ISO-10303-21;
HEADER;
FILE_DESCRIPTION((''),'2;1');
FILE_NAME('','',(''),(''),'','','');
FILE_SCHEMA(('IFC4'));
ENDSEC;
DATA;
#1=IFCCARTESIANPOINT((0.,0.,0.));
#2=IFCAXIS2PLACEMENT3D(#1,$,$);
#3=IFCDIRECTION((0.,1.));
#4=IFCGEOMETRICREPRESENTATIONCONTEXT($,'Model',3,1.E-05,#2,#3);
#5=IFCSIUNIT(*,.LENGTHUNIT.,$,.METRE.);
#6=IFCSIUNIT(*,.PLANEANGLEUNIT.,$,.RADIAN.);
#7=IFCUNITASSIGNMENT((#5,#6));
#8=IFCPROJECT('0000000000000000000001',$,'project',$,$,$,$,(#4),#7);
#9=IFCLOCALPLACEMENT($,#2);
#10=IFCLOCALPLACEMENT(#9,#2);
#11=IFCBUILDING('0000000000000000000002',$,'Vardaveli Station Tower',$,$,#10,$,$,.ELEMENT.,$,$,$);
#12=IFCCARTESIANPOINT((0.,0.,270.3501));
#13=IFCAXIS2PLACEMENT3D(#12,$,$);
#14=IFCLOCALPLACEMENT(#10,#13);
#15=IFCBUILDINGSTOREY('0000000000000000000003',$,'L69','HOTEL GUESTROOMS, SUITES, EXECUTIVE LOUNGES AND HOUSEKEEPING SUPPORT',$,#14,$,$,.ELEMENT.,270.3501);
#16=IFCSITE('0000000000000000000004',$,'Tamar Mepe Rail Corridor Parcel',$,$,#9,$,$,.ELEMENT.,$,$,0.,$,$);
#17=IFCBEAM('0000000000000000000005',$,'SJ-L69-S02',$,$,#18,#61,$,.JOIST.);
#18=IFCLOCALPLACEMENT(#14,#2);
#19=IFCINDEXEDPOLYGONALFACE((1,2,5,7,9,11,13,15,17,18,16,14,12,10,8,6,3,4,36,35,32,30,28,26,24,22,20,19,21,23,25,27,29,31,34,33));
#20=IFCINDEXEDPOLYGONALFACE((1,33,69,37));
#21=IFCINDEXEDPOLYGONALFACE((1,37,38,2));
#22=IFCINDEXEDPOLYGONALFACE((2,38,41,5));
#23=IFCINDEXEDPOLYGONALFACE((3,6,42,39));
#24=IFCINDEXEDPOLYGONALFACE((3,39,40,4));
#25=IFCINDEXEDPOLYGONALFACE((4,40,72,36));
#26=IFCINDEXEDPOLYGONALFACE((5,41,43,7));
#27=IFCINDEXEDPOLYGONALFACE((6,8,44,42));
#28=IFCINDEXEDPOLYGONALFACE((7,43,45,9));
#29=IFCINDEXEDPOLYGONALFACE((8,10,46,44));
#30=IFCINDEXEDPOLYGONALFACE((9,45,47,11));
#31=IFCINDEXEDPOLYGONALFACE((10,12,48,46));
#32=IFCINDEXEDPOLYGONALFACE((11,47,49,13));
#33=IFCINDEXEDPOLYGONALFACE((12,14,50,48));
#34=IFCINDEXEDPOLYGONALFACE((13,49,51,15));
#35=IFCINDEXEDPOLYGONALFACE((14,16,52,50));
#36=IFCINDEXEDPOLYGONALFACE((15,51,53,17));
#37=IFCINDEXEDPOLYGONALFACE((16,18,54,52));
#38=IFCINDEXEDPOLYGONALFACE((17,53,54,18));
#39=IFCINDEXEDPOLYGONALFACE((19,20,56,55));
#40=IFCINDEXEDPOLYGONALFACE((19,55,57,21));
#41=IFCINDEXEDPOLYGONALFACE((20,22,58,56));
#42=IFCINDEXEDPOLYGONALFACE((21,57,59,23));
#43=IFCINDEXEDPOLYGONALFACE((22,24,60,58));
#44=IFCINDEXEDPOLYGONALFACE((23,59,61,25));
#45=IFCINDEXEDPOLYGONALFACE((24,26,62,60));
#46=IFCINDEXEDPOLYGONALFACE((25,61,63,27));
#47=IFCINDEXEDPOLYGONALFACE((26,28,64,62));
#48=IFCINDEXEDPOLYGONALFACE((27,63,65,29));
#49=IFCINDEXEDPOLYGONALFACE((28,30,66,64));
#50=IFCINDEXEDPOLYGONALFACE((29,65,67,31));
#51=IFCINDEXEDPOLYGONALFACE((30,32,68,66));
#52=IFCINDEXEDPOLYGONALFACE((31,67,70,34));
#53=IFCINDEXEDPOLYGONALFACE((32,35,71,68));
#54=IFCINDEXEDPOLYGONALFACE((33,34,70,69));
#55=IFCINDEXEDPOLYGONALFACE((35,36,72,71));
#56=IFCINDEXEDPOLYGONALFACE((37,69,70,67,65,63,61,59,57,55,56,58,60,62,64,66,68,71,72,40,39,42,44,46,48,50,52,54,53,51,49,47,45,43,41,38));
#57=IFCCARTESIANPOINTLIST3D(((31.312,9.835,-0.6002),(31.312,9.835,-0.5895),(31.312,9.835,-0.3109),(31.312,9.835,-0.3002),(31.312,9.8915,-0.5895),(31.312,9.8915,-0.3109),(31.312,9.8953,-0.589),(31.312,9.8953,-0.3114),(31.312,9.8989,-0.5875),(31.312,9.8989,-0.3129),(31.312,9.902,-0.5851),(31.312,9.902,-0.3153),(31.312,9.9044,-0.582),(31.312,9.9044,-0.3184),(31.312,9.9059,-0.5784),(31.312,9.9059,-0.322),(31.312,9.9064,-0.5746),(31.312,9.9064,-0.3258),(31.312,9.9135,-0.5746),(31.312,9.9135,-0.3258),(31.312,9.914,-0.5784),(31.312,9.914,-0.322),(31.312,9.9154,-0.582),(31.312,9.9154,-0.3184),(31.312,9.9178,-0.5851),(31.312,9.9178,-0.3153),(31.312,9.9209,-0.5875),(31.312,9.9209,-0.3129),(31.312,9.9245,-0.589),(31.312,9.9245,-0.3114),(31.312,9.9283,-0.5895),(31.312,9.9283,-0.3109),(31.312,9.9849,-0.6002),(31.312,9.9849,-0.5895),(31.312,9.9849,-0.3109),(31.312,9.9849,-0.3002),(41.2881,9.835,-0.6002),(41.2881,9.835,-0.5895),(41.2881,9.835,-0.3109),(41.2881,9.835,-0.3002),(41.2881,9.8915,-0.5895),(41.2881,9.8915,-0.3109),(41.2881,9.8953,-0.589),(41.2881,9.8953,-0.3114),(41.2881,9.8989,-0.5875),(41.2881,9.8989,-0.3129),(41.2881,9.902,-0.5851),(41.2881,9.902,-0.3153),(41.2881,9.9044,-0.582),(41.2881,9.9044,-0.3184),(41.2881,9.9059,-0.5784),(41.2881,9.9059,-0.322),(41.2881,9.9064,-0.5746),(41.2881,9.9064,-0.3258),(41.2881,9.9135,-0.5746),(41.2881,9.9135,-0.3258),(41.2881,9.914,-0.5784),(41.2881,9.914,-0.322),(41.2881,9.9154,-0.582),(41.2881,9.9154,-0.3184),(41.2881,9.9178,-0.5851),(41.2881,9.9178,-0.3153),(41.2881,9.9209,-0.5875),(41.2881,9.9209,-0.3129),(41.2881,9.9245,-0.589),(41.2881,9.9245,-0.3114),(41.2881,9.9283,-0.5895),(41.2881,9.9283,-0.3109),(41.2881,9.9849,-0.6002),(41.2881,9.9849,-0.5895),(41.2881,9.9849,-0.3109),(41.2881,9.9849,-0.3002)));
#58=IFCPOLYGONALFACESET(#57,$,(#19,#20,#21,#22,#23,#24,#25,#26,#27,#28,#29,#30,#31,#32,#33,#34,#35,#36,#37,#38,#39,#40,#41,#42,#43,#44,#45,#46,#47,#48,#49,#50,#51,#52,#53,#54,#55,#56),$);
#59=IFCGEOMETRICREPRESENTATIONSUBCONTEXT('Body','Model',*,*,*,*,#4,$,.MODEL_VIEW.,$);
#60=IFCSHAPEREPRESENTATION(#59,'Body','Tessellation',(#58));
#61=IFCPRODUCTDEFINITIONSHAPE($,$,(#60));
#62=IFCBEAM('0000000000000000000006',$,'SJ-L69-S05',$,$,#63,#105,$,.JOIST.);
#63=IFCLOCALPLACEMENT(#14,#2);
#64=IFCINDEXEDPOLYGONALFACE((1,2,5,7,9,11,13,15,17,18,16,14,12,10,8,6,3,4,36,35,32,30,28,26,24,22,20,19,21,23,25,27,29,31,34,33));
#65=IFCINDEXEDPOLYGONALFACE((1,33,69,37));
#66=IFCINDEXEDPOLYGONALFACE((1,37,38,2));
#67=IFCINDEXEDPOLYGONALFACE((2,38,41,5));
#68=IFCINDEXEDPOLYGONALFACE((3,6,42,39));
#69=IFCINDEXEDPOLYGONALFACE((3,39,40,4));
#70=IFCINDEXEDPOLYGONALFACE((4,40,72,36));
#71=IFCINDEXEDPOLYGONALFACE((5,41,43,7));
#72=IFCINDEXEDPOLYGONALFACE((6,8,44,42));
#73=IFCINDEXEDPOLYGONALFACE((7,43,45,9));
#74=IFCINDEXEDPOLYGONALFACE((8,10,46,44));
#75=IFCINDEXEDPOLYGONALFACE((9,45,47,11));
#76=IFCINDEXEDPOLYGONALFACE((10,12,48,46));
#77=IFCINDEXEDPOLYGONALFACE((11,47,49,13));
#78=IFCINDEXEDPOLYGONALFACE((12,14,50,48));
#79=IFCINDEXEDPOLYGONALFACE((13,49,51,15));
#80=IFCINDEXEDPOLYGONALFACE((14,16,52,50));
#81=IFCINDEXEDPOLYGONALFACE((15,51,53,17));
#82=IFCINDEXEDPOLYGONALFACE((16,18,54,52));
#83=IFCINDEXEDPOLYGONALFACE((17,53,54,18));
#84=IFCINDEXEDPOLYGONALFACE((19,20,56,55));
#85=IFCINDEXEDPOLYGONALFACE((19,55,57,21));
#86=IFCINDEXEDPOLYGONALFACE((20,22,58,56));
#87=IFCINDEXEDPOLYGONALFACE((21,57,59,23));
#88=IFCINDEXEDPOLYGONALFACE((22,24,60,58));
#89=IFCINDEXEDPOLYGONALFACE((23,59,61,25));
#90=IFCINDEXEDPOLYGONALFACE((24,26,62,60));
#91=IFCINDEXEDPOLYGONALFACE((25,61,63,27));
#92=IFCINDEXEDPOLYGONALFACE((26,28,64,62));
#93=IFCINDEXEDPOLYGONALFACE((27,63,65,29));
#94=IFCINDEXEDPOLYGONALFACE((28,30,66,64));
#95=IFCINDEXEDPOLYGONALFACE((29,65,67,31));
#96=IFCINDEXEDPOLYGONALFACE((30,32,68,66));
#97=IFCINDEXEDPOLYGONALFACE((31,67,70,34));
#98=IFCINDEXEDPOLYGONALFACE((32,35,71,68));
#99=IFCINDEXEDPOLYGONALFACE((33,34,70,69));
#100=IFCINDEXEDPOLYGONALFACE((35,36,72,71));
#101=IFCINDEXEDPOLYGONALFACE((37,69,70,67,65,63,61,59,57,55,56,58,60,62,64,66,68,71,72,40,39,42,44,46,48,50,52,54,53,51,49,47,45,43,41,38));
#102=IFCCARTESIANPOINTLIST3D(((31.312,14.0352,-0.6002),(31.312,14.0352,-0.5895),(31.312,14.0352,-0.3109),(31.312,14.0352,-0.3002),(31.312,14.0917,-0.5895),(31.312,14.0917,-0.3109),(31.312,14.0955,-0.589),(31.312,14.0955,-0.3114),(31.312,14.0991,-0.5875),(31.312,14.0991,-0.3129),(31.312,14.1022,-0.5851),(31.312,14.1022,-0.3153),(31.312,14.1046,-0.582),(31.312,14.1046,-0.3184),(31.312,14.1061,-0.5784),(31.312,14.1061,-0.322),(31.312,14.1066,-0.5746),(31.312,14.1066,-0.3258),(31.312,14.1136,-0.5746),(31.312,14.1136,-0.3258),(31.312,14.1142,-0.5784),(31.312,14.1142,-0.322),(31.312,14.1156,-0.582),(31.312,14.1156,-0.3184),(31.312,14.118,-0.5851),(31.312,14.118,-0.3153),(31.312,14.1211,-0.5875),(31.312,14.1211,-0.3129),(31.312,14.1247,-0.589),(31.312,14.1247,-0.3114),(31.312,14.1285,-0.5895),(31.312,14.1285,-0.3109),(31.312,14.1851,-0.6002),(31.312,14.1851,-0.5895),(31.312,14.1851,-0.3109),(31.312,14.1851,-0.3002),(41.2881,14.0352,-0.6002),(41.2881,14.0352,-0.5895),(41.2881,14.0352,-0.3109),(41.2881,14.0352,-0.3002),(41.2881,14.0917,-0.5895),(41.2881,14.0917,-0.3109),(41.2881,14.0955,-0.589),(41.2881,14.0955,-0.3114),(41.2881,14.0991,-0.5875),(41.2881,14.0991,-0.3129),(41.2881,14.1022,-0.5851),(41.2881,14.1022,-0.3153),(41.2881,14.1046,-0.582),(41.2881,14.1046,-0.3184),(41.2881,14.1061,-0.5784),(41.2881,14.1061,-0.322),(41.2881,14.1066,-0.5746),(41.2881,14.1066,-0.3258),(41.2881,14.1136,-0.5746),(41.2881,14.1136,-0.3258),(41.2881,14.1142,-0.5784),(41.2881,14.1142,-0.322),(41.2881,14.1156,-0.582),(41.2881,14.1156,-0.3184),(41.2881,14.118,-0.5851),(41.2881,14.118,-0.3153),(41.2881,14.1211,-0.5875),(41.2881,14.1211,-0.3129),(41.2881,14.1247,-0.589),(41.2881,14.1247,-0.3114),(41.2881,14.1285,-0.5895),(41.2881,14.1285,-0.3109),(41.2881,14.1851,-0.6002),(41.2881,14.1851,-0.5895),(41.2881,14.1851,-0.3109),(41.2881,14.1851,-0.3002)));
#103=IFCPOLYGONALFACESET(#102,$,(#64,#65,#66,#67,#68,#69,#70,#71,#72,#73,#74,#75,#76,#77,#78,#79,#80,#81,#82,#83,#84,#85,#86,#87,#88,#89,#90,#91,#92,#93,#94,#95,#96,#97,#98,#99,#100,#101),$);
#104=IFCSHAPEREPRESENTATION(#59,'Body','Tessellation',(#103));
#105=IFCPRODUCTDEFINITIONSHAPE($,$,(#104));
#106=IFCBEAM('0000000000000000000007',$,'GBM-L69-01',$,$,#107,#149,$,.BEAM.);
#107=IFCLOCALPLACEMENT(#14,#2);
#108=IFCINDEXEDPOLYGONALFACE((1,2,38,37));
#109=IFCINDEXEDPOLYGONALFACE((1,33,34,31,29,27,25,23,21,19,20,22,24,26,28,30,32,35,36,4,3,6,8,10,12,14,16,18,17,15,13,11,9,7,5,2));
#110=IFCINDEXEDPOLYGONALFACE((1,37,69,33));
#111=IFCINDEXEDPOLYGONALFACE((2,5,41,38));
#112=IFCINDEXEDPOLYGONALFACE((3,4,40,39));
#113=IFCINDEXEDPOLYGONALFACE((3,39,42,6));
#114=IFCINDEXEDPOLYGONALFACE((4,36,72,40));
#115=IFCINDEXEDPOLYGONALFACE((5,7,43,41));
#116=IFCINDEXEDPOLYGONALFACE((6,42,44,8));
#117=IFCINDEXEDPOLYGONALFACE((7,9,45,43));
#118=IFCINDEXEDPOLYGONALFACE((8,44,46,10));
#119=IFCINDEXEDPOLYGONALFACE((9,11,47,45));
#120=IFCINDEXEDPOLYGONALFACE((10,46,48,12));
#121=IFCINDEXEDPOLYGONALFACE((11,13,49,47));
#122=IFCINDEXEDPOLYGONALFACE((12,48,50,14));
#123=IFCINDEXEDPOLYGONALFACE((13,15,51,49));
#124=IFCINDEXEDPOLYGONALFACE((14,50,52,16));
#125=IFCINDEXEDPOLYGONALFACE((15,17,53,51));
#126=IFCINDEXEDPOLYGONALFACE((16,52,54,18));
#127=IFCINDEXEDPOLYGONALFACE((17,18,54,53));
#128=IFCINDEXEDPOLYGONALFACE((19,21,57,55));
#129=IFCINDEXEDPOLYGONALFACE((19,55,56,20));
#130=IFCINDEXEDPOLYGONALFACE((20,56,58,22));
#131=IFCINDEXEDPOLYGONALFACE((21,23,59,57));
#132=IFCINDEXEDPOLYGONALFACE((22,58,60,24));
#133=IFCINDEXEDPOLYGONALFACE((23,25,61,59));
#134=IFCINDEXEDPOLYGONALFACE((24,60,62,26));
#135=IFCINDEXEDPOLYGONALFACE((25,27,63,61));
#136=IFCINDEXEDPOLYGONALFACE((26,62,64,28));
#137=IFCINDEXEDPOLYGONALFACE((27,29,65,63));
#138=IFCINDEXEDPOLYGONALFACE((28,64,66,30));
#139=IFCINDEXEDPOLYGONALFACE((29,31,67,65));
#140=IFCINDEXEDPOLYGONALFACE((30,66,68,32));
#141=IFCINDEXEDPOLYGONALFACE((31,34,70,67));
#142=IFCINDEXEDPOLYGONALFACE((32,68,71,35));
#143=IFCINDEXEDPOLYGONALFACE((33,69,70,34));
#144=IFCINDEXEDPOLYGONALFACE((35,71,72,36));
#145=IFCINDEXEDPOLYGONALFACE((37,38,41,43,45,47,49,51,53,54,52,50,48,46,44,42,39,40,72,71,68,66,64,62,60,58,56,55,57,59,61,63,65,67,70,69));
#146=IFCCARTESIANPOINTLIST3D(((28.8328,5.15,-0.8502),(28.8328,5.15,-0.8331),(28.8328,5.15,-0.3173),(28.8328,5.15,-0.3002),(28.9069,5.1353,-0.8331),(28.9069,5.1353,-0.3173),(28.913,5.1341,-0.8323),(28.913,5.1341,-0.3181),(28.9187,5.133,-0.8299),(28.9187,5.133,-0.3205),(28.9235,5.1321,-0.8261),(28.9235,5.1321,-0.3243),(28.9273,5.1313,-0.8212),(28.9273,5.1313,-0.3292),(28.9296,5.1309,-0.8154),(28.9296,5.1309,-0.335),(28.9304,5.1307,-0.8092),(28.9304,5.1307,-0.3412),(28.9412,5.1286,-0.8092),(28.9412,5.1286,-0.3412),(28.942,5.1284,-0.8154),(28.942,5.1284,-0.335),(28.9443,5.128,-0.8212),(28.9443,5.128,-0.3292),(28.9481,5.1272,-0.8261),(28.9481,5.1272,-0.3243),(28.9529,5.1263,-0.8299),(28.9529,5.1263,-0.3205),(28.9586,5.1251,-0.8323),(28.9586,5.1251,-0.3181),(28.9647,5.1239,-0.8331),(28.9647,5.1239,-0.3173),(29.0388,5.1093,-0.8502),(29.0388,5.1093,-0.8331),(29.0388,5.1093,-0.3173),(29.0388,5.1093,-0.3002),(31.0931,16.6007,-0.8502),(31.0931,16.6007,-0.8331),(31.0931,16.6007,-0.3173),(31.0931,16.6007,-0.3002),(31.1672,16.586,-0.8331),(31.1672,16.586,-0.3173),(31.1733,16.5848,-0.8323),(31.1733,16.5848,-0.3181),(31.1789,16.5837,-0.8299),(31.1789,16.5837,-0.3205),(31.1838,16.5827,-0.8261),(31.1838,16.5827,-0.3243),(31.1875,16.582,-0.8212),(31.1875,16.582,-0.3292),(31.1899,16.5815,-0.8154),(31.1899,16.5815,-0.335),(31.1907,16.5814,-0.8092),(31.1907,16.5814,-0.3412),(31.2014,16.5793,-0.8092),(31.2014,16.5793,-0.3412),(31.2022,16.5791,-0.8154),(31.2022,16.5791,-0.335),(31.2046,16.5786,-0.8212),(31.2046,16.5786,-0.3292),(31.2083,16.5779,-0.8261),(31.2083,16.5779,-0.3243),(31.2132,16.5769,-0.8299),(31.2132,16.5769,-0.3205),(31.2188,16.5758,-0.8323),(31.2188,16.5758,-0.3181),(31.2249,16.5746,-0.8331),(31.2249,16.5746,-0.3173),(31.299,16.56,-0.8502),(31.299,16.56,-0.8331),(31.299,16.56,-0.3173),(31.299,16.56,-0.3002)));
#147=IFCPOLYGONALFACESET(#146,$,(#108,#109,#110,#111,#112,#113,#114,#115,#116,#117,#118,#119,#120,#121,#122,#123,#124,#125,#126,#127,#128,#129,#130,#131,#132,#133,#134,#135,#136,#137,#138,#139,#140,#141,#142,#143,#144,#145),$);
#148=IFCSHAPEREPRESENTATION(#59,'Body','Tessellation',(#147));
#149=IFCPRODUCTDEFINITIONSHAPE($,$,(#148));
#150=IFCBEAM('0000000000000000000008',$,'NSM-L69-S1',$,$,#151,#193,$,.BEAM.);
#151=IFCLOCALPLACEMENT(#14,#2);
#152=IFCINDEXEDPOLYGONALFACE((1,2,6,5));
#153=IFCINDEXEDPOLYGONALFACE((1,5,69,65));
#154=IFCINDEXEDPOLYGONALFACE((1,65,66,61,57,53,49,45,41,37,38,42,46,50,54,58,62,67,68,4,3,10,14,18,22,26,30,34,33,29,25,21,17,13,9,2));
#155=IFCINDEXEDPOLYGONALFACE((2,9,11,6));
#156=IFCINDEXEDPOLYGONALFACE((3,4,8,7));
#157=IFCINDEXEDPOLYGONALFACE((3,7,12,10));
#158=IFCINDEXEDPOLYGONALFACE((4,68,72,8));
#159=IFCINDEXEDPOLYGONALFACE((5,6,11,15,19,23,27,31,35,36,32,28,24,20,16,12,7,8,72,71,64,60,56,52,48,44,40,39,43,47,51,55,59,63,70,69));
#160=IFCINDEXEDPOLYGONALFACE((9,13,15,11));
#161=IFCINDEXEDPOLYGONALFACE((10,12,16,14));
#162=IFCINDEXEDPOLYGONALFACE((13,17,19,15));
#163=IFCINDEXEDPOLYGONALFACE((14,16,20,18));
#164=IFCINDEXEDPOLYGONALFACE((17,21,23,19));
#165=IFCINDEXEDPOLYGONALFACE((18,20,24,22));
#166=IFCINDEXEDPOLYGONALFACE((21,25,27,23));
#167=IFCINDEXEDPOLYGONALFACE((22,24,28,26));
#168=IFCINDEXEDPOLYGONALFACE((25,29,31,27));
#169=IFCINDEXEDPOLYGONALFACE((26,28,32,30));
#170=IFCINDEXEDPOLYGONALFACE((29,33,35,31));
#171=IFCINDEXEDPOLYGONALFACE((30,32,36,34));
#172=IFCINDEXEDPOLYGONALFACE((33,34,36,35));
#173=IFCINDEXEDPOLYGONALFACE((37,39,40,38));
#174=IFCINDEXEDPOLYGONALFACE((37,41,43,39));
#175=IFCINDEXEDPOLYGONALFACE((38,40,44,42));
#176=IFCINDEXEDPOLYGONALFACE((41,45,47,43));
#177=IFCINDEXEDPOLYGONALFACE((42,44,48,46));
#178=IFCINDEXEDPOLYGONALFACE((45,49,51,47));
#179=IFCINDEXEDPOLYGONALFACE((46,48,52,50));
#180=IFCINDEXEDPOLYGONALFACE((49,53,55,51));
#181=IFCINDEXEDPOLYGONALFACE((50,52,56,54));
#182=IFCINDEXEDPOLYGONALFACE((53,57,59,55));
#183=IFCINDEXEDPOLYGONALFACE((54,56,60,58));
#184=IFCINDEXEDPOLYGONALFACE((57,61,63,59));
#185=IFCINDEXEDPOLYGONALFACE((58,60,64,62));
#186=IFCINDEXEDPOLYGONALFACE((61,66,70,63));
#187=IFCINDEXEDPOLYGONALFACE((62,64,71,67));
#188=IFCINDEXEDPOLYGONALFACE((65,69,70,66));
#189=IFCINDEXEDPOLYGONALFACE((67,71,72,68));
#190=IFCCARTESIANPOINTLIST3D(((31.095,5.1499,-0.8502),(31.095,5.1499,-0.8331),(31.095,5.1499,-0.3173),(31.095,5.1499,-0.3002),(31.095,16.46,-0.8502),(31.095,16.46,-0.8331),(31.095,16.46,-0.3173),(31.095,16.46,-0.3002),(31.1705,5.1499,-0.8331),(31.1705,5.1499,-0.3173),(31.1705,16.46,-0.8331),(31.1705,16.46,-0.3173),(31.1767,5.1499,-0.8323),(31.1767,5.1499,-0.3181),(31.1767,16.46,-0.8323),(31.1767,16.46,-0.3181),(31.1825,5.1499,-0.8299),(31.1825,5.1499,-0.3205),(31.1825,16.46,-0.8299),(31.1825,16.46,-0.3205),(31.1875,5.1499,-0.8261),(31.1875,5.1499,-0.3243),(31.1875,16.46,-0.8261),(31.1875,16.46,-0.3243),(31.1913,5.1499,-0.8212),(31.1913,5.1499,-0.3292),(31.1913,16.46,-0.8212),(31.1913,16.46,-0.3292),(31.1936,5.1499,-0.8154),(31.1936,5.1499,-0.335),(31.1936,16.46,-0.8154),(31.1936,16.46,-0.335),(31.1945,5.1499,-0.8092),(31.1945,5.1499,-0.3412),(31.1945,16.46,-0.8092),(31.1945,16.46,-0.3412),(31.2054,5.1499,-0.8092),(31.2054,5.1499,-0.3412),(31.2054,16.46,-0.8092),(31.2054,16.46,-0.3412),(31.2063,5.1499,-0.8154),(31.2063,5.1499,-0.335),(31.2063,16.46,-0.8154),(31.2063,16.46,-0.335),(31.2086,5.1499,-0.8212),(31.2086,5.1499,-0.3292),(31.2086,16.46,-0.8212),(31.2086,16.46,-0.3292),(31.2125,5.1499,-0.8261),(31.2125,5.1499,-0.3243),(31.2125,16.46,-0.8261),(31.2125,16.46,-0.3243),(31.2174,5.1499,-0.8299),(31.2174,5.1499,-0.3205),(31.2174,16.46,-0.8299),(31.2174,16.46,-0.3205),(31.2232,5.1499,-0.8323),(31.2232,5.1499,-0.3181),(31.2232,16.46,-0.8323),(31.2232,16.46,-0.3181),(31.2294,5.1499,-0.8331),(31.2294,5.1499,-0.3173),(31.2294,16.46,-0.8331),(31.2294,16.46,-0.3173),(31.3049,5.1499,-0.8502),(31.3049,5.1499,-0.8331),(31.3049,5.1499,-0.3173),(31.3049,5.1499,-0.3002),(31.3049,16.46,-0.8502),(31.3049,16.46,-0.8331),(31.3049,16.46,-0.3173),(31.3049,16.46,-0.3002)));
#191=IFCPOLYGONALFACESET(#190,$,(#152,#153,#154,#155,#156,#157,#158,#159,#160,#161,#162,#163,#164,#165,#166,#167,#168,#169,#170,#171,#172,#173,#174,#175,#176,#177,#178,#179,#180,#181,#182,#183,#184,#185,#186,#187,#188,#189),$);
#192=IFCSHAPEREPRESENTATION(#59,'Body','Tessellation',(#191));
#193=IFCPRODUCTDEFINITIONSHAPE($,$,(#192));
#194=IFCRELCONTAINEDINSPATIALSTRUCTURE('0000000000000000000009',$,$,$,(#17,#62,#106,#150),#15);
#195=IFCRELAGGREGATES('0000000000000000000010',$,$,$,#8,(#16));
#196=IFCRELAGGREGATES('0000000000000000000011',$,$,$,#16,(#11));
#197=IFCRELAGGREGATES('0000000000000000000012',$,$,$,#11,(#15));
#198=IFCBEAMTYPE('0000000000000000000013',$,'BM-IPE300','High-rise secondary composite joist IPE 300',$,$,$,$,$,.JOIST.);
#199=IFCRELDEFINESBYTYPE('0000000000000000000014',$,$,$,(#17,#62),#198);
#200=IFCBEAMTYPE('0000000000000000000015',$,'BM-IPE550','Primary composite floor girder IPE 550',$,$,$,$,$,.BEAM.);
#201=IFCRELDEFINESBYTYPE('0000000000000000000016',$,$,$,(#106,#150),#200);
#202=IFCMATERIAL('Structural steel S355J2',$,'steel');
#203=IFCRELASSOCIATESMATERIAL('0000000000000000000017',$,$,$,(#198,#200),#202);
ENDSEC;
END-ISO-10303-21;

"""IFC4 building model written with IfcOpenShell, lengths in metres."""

from ifc_helpers import new_model, si_unit, direction, frame, origin, origin_2d, place, context, subcontext, project, spatial, i_section, extrude, source, transform, mapped, material, material_profile, profile_set, type_object, element, save


model = new_model("IFC4")

# Units and contexts
model_context = context("Model", 3, precision=1e-05, world=origin(), true_north=direction((0.0, 1.0)))
body_context = subcontext(model_context, "Body", "Model", "MODEL_VIEW")
ifc_project = project(units=[si_unit("LENGTHUNIT", "METRE"), si_unit("PLANEANGLEUNIT", "RADIAN")], contexts=[model_context])

# Site, building, storey
site_placement = place(None, origin())
site = spatial("IfcSite", under=ifc_project, at=site_placement, Name="Tamar Mepe Rail Corridor Parcel", CompositionType="ELEMENT", RefElevation=0.0)
building_placement = place(site_placement, origin())
building = spatial("IfcBuilding", under=site, at=building_placement, Name="Vardaveli Station Tower", CompositionType="ELEMENT")
storey_placement = place(building_placement, frame((0.0, 0.0, 270.3501)))
storey = spatial("IfcBuildingStorey", under=building, at=storey_placement, Name="L69", Description="HOTEL GUESTROOMS, SUITES, EXECUTIVE LOUNGES AND HOUSEKEEPING SUPPORT", CompositionType="ELEMENT", Elevation=270.3501)

# Beams
ifc_material_1 = material(Name="Structural steel S355J2", Category="steel")
ifc_material_profile_1 = material_profile(ifc_material_1, i_section(OverallWidth=0.1499, OverallDepth=0.3, WebThickness=0.0071, FlangeThickness=0.0107, FilletRadius=0.0149, at=origin_2d()), Name="IPE 300")
ifc_profile_set_1 = profile_set([ifc_material_profile_1], Name="Structural steel S355J2")
beam_type_1 = type_object("IfcBeamType", Name="BM-IPE300", Description="High-rise secondary composite joist IPE 300", PredefinedType="JOIST", material=ifc_profile_set_1)
shared_shape_1 = source(origin(), body_context, "Body", "SweptSolid", [
    extrude(i_section(OverallWidth=0.1499, OverallDepth=0.3, WebThickness=0.0071, FlangeThickness=0.0107, FilletRadius=0.0149, at=origin_2d()), origin(), (0.0, 0.0, 1.0), 9.9761),
])
for number, where, z_axis, x_axis, name in (
    (1, (31.312, 9.9099, -0.4502), (1.0, 0.0, 0.0), (0.0, 1.0, 0.0), "SJ-L69-S02"),
    (2, (31.312, 14.1101, -0.4502), (1.0, 0.0, 0.0), (0.0, 1.0, 0.0), "SJ-L69-S05"),
):
    element("IfcBeam", number, at=place(storey_placement, frame(where, z_axis=z_axis, x_axis=x_axis)), inside=storey, type_object=beam_type_1, Name=name, PredefinedType="JOIST", context=body_context, shape_type="MappedRepresentation", body=[
        mapped(shared_shape_1, transform((0.0, 0.0, 0.0), scale=1.0)),
    ])
ifc_material_profile_2 = material_profile(ifc_material_1, i_section(OverallWidth=0.21, OverallDepth=0.55, WebThickness=0.011, FlangeThickness=0.0171, FilletRadius=0.0239, at=origin_2d()), Name="IPE 550")
ifc_profile_set_2 = profile_set([ifc_material_profile_2], Name="Structural steel S355J2")
beam_type_2 = type_object("IfcBeamType", Name="BM-IPE550", Description="Primary composite floor girder IPE 550", PredefinedType="BEAM", material=ifc_profile_set_2)
shared_shape_2 = source(origin(), body_context, "Body", "SweptSolid", [
    extrude(i_section(OverallWidth=0.21, OverallDepth=0.55, WebThickness=0.011, FlangeThickness=0.0171, FilletRadius=0.0239, at=origin_2d()), origin(), (0.0, 0.0, 1.0), 11.6716),
])
beam_1_placement = place(storey_placement, frame((28.9358, 5.1296, -0.5752), z_axis=(0.193654, 0.98107, 0.0), x_axis=(-0.98107, 0.193654, 0.0)))
element("IfcBeam", 3, at=beam_1_placement, inside=storey, type_object=beam_type_2, Name="GBM-L69-01", PredefinedType="BEAM", context=body_context, shape_type="MappedRepresentation", body=[
    mapped(shared_shape_2, transform((0.0, 0.0, 0.0), scale=1.0)),
])
shared_shape_3 = source(origin(), body_context, "Body", "SweptSolid", [
    extrude(i_section(OverallWidth=0.21, OverallDepth=0.55, WebThickness=0.011, FlangeThickness=0.0171, FilletRadius=0.0239, at=origin_2d()), origin(), (0.0, 0.0, 1.0), 11.3101),
])
beam_2_placement = place(storey_placement, frame((31.2, 5.1499, -0.5752), z_axis=(0.0, 1.0, 0.0), x_axis=(-1.0, 0.0, 0.0)))
element("IfcBeam", 4, at=beam_2_placement, inside=storey, type_object=beam_type_2, Name="NSM-L69-S1", PredefinedType="BEAM", context=body_context, shape_type="MappedRepresentation", body=[
    mapped(shared_shape_3, transform((0.0, 0.0, 0.0), scale=1.0)),
])

save(model, "model.ifc")
